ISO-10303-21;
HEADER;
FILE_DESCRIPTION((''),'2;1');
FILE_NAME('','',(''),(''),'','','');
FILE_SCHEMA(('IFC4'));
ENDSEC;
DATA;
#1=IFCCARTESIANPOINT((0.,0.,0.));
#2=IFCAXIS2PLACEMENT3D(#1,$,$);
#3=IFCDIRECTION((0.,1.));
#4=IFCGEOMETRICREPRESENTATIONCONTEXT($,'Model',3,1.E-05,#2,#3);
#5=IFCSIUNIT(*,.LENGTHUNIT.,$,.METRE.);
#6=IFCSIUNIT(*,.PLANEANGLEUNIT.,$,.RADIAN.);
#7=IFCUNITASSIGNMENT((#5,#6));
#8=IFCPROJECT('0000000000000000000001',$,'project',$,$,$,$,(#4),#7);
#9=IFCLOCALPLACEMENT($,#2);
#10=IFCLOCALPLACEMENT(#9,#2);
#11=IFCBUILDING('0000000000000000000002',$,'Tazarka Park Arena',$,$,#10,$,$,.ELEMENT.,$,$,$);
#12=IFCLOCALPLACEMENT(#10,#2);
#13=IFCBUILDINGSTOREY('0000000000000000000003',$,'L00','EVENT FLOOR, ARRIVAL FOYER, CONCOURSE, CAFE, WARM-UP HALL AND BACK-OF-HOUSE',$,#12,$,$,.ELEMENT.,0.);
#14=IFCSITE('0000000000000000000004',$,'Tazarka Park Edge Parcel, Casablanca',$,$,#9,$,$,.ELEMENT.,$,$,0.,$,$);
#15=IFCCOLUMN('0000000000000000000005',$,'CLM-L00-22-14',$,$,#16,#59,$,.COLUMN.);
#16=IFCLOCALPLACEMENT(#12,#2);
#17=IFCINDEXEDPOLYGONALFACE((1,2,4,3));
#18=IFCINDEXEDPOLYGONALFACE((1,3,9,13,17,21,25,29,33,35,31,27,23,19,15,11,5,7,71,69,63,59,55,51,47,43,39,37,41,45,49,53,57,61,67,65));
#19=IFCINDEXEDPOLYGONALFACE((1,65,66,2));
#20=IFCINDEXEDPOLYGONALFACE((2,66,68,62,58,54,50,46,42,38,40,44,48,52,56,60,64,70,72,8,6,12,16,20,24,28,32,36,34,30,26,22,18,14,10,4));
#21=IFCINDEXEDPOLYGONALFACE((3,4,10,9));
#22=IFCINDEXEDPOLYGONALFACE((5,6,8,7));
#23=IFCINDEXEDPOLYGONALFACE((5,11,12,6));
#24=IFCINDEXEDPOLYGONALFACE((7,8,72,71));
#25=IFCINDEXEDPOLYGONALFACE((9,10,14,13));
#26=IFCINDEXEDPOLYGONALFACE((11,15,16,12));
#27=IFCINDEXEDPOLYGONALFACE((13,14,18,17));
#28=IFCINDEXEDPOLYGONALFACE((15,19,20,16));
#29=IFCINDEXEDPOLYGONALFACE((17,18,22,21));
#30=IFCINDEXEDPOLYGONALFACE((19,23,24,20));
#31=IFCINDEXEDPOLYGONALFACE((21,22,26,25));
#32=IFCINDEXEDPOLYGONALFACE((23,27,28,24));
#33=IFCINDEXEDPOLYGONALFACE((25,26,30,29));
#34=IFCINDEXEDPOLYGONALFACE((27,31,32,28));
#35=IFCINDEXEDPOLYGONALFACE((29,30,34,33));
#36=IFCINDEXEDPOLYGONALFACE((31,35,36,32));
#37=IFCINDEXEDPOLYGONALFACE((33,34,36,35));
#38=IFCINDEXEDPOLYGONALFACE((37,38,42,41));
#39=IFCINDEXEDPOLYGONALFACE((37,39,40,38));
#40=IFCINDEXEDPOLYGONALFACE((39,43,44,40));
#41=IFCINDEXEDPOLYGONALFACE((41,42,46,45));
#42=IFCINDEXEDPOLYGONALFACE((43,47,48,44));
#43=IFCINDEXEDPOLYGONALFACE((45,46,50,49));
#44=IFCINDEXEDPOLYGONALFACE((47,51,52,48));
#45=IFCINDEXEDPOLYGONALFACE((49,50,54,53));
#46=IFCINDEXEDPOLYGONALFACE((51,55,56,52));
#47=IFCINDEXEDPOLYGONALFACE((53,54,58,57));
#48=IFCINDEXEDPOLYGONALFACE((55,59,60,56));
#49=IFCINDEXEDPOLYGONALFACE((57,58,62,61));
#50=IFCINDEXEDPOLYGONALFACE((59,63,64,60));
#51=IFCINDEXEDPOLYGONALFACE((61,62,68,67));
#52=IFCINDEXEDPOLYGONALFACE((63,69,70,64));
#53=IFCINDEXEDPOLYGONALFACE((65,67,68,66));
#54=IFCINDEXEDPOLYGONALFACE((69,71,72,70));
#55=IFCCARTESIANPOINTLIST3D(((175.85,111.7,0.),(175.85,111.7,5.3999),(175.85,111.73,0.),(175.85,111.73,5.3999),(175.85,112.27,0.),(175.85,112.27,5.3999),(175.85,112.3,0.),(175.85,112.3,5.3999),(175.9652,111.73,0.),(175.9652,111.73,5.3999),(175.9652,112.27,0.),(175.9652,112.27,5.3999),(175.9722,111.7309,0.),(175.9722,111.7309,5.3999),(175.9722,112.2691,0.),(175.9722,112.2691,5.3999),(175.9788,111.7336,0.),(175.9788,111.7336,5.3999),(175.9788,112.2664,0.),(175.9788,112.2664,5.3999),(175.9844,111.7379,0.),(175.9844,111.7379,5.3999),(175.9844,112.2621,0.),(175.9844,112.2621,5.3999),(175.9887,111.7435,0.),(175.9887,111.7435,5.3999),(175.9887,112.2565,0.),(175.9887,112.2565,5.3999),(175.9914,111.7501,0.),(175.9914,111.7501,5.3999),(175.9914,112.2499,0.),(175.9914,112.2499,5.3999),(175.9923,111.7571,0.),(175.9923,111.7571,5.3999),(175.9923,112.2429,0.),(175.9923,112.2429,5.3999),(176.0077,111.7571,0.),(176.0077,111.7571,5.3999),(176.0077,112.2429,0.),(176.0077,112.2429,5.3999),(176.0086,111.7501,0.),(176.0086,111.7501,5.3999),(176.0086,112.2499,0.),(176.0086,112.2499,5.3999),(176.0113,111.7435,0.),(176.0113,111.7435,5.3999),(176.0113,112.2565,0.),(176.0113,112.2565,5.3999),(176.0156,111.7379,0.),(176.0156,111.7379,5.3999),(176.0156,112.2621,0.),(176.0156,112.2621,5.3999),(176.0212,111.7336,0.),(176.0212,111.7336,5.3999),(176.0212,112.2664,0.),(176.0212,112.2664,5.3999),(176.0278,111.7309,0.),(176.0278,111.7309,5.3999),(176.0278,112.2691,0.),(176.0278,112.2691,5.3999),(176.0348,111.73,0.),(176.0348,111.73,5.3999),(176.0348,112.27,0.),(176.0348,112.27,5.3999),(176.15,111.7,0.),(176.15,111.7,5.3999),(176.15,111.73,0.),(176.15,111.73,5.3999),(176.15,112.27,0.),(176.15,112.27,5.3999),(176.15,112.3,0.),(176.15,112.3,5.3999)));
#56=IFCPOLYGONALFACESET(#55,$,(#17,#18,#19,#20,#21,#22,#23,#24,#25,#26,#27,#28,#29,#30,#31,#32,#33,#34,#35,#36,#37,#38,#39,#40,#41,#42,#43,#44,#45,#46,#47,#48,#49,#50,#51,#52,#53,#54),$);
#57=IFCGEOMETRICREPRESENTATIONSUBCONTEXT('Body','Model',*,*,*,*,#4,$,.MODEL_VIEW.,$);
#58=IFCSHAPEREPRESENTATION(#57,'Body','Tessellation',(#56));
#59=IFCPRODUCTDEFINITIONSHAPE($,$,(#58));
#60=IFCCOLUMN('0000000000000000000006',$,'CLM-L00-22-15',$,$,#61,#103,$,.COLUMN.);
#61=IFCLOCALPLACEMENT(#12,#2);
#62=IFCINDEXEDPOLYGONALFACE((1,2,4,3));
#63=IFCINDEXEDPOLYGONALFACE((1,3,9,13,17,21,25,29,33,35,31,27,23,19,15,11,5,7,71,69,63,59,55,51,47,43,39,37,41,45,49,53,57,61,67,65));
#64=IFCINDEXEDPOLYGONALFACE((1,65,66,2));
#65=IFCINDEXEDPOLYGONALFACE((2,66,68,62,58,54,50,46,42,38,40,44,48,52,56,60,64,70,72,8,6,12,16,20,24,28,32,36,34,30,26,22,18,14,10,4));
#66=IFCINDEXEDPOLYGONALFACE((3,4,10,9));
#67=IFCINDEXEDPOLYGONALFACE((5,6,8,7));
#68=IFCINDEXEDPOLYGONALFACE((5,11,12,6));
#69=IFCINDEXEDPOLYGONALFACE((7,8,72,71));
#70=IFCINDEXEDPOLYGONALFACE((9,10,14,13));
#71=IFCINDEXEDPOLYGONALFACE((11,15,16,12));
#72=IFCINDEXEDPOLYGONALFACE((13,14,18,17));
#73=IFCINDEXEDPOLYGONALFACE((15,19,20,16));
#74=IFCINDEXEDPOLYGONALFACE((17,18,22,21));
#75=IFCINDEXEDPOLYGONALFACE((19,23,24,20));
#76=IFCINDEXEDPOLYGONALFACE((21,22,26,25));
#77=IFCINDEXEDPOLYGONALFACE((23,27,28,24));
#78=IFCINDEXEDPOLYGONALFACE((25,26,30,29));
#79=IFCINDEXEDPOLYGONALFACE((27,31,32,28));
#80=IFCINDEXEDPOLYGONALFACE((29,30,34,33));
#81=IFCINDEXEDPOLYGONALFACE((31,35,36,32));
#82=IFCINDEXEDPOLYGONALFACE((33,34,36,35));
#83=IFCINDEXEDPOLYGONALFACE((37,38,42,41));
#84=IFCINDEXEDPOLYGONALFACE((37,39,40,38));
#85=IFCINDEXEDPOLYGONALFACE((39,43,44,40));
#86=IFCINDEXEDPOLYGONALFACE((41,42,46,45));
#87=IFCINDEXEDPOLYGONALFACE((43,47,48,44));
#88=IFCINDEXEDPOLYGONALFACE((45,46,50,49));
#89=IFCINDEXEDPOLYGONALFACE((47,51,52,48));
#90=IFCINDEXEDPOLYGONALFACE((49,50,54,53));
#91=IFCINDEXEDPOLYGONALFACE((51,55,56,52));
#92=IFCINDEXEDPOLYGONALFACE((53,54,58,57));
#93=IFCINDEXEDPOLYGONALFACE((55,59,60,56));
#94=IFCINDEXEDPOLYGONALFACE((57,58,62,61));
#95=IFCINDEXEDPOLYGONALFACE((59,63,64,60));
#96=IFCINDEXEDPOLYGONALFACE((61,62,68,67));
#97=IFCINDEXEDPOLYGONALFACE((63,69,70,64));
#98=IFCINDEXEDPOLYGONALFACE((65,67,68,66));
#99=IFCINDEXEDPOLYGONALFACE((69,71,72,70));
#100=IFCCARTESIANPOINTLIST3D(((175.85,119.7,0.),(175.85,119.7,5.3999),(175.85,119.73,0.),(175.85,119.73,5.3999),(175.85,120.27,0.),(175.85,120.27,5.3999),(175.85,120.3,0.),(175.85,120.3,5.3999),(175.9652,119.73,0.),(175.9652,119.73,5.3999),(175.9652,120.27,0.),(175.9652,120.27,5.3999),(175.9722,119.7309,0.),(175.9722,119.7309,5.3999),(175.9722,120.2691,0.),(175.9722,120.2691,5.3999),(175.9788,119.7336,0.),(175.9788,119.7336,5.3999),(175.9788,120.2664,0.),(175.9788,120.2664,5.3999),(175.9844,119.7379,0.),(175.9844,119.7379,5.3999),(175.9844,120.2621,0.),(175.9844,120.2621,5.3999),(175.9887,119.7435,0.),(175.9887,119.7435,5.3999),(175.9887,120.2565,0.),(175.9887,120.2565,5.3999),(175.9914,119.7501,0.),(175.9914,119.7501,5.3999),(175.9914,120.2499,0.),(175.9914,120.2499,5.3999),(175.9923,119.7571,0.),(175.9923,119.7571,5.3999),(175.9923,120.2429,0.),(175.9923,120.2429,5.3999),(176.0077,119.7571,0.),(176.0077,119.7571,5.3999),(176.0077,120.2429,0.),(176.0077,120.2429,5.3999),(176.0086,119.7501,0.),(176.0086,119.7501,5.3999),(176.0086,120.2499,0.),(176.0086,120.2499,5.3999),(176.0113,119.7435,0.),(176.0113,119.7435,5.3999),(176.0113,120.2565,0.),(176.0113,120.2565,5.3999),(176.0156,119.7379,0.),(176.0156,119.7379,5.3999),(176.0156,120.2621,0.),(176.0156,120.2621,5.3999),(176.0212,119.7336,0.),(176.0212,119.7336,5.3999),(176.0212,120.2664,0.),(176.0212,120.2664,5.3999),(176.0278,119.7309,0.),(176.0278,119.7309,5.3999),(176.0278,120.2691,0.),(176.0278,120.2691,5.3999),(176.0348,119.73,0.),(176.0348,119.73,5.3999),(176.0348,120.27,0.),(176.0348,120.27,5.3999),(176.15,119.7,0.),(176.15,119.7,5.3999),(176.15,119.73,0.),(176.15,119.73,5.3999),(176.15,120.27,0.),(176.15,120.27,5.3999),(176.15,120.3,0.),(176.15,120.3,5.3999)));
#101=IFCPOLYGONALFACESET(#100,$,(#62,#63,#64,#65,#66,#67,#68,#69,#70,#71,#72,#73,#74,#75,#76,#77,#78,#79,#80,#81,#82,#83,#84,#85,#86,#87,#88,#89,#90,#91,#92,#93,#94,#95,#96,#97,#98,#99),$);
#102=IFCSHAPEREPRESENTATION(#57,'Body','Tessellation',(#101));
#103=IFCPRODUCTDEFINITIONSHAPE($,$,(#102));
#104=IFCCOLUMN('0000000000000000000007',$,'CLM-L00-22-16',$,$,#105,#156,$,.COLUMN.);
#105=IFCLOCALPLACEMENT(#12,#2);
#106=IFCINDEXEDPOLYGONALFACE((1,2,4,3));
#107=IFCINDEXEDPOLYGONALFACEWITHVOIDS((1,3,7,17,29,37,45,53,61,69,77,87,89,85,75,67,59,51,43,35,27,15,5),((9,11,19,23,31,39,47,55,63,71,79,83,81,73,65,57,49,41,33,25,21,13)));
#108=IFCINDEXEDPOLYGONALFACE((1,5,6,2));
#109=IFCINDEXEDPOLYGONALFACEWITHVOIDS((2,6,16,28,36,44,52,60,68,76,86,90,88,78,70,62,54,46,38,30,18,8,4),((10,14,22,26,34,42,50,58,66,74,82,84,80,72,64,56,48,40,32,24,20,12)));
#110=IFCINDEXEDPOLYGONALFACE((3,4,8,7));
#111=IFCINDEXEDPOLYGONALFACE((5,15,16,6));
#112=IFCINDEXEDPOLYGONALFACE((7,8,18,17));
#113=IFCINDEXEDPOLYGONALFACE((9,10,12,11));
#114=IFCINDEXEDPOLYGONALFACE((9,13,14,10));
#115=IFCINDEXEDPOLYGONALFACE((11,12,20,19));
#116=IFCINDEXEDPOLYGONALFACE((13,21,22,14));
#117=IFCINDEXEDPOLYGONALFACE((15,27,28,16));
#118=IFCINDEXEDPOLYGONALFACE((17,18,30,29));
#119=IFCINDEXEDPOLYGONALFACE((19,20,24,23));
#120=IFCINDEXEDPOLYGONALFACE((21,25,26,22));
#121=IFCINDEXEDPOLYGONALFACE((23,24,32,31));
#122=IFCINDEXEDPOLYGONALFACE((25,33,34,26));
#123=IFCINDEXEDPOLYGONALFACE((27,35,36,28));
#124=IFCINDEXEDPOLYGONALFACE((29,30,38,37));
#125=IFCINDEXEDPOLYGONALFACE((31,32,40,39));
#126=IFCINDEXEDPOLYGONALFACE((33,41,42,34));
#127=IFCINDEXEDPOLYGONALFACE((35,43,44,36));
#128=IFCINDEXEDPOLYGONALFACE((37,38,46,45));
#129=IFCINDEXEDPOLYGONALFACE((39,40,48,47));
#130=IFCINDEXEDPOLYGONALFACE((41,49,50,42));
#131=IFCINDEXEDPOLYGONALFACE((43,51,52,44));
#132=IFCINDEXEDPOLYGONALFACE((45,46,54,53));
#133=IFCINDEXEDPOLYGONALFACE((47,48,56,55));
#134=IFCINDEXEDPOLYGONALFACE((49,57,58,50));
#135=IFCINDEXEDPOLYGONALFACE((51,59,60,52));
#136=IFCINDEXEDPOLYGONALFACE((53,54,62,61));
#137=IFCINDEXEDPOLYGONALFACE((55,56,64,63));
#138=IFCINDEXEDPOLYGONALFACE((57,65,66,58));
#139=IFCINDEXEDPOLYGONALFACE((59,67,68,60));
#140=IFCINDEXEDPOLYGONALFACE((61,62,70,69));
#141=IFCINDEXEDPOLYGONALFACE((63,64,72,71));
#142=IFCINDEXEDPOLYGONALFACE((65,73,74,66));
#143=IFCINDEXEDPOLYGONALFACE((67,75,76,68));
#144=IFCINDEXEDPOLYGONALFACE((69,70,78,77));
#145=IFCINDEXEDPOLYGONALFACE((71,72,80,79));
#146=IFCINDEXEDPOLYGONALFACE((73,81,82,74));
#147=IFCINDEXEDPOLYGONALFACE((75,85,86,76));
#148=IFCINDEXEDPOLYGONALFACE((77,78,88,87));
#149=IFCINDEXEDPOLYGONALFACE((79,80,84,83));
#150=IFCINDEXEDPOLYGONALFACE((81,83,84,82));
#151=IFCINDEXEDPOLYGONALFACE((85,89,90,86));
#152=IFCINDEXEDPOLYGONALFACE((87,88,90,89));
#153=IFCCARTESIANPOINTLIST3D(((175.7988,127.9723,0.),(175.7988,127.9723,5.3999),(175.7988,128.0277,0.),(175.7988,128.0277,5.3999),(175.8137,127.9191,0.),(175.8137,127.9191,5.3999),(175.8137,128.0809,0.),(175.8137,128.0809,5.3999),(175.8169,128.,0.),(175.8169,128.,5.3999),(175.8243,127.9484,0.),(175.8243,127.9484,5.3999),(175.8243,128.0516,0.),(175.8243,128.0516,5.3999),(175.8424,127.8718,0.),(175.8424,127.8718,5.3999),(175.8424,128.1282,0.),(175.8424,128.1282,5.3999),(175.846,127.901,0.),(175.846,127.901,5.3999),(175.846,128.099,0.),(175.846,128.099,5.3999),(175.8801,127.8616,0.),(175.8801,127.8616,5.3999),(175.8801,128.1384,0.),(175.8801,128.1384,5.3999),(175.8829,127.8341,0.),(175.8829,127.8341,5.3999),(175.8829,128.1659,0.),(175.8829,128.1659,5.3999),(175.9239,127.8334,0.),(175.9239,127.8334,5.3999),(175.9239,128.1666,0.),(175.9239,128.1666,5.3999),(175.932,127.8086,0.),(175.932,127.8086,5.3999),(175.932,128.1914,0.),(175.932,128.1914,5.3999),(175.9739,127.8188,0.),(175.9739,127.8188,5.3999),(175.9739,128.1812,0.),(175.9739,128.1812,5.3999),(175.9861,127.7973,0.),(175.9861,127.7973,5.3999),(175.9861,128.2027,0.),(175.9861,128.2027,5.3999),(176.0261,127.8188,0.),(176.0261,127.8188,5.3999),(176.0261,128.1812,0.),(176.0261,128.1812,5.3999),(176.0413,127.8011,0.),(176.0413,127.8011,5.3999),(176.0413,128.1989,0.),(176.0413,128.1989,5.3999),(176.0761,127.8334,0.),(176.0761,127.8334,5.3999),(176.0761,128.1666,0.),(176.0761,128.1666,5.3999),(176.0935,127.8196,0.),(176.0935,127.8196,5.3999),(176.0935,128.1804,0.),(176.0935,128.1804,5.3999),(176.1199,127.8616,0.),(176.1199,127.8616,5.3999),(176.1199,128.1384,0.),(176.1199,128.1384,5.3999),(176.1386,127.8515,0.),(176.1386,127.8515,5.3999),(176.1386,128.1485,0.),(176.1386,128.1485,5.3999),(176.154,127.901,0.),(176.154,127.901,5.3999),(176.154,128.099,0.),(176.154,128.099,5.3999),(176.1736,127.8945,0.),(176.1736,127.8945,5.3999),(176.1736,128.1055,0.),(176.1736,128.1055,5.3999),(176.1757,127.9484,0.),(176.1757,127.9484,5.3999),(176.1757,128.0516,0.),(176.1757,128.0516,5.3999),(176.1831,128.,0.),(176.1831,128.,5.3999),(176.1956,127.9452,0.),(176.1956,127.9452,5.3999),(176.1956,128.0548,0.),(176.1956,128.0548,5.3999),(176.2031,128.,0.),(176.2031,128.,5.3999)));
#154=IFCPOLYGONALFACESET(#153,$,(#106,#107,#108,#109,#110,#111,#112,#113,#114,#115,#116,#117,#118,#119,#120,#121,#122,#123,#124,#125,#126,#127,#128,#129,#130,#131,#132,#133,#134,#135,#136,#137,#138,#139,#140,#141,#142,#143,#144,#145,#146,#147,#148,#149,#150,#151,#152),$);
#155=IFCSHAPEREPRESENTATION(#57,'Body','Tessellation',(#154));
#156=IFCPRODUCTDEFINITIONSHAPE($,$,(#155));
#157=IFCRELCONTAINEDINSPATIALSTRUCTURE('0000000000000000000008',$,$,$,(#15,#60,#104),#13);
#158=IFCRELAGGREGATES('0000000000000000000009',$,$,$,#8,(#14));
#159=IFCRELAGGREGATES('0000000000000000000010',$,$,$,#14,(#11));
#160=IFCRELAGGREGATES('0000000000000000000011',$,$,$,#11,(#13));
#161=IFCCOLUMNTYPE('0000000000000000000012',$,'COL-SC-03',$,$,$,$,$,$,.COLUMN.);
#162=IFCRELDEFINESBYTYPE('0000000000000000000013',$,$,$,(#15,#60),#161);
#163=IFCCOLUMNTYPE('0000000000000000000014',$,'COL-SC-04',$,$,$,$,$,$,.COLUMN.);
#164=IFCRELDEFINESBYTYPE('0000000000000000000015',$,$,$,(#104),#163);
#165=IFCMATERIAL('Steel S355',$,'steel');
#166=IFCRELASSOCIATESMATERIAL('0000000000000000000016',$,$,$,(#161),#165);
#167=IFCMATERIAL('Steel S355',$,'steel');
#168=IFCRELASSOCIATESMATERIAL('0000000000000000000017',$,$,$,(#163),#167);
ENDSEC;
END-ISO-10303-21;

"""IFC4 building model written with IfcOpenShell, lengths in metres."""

from ifc_helpers import new_model, si_unit, direction, frame, origin, origin_2d, place, context, subcontext, project, spatial, hollow_circle, i_section, extrude, material, material_profile, profile_set, type_object, element, save


model = new_model("IFC4")

# Units and contexts
model_context = context("Model", 3, precision=1e-05, world=origin(), true_north=direction((0.0, 1.0)))
body_context = subcontext(model_context, "Body", "Model", "MODEL_VIEW")
ifc_project = project(units=[si_unit("LENGTHUNIT", "METRE"), si_unit("PLANEANGLEUNIT", "RADIAN")], contexts=[model_context])

# Site, building, storey
site_placement = place(None, origin())
site = spatial("IfcSite", under=ifc_project, at=site_placement, Name="Tazarka Park Edge Parcel, Casablanca", CompositionType="ELEMENT", RefElevation=0.0)
building_placement = place(site_placement, origin())
building = spatial("IfcBuilding", under=site, at=building_placement, Name="Tazarka Park Arena", CompositionType="ELEMENT")
storey_placement = place(building_placement, origin())
storey = spatial("IfcBuildingStorey", under=building, at=storey_placement, Name="L00", Description="EVENT FLOOR, ARRIVAL FOYER, CONCOURSE, CAFE, WARM-UP HALL AND BACK-OF-HOUSE", CompositionType="ELEMENT", Elevation=0.0)

# Columns
ifc_material_1 = material(Name="Steel S355", Category="steel")
ifc_material_profile_1 = material_profile(ifc_material_1, i_section(OverallWidth=0.3, OverallDepth=0.6001, WebThickness=0.0154, FlangeThickness=0.03, FilletRadius=0.0271, at=origin_2d()), Name="Steel S355")
ifc_profile_set_1 = profile_set([ifc_material_profile_1], Name="Steel S355")
column_type_1 = type_object("IfcColumnType", Name="COL-SC-03", PredefinedType="COLUMN", material=ifc_profile_set_1)
for number, where, z_axis, x_axis, name in (
    (1, (176.0, 112.0, 0.0), (0.0, 0.0, 1.0), (1.0, 0.0, 0.0), "CLM-L00-22-14"),
    (2, (176.0, 120.0, 0.0), (0.0, 0.0, 1.0), (1.0, 0.0, 0.0), "CLM-L00-22-15"),
):
    element("IfcColumn", number, at=place(storey_placement, frame(where, z_axis=z_axis, x_axis=x_axis)), inside=storey, type_object=column_type_1, Name=name, PredefinedType="COLUMN", context=body_context, shape_type="SweptSolid", body=[
        extrude(i_section(OverallWidth=0.3, OverallDepth=0.6001, WebThickness=0.0154, FlangeThickness=0.03, FilletRadius=0.0271, at=origin_2d()), origin(), (0.0, 0.0, 1.0), 5.3999),
    ])
ifc_material_2 = material(Name="Steel S355", Category="steel")
ifc_material_profile_2 = material_profile(ifc_material_2, hollow_circle(Radius=0.2031, WallThickness=0.02, at=origin_2d()), Name="Steel S355")
ifc_profile_set_2 = profile_set([ifc_material_profile_2], Name="Steel S355")
column_type_2 = type_object("IfcColumnType", Name="COL-SC-04", PredefinedType="COLUMN", material=ifc_profile_set_2)
for number, where, z_axis, x_axis, name in (
    (3, (176.0, 128.0, 0.0), (0.0, 0.0, 1.0), (1.0, 0.0, 0.0), "CLM-L00-22-16"),
):
    element("IfcColumn", number, at=place(storey_placement, frame(where, z_axis=z_axis, x_axis=x_axis)), inside=storey, type_object=column_type_2, Name=name, PredefinedType="COLUMN", context=body_context, shape_type="SweptSolid", body=[
        extrude(hollow_circle(Radius=0.2031, WallThickness=0.02, at=origin_2d()), origin(), (0.0, 0.0, 1.0), 5.3999),
    ])

save(model, "model.ifc")
